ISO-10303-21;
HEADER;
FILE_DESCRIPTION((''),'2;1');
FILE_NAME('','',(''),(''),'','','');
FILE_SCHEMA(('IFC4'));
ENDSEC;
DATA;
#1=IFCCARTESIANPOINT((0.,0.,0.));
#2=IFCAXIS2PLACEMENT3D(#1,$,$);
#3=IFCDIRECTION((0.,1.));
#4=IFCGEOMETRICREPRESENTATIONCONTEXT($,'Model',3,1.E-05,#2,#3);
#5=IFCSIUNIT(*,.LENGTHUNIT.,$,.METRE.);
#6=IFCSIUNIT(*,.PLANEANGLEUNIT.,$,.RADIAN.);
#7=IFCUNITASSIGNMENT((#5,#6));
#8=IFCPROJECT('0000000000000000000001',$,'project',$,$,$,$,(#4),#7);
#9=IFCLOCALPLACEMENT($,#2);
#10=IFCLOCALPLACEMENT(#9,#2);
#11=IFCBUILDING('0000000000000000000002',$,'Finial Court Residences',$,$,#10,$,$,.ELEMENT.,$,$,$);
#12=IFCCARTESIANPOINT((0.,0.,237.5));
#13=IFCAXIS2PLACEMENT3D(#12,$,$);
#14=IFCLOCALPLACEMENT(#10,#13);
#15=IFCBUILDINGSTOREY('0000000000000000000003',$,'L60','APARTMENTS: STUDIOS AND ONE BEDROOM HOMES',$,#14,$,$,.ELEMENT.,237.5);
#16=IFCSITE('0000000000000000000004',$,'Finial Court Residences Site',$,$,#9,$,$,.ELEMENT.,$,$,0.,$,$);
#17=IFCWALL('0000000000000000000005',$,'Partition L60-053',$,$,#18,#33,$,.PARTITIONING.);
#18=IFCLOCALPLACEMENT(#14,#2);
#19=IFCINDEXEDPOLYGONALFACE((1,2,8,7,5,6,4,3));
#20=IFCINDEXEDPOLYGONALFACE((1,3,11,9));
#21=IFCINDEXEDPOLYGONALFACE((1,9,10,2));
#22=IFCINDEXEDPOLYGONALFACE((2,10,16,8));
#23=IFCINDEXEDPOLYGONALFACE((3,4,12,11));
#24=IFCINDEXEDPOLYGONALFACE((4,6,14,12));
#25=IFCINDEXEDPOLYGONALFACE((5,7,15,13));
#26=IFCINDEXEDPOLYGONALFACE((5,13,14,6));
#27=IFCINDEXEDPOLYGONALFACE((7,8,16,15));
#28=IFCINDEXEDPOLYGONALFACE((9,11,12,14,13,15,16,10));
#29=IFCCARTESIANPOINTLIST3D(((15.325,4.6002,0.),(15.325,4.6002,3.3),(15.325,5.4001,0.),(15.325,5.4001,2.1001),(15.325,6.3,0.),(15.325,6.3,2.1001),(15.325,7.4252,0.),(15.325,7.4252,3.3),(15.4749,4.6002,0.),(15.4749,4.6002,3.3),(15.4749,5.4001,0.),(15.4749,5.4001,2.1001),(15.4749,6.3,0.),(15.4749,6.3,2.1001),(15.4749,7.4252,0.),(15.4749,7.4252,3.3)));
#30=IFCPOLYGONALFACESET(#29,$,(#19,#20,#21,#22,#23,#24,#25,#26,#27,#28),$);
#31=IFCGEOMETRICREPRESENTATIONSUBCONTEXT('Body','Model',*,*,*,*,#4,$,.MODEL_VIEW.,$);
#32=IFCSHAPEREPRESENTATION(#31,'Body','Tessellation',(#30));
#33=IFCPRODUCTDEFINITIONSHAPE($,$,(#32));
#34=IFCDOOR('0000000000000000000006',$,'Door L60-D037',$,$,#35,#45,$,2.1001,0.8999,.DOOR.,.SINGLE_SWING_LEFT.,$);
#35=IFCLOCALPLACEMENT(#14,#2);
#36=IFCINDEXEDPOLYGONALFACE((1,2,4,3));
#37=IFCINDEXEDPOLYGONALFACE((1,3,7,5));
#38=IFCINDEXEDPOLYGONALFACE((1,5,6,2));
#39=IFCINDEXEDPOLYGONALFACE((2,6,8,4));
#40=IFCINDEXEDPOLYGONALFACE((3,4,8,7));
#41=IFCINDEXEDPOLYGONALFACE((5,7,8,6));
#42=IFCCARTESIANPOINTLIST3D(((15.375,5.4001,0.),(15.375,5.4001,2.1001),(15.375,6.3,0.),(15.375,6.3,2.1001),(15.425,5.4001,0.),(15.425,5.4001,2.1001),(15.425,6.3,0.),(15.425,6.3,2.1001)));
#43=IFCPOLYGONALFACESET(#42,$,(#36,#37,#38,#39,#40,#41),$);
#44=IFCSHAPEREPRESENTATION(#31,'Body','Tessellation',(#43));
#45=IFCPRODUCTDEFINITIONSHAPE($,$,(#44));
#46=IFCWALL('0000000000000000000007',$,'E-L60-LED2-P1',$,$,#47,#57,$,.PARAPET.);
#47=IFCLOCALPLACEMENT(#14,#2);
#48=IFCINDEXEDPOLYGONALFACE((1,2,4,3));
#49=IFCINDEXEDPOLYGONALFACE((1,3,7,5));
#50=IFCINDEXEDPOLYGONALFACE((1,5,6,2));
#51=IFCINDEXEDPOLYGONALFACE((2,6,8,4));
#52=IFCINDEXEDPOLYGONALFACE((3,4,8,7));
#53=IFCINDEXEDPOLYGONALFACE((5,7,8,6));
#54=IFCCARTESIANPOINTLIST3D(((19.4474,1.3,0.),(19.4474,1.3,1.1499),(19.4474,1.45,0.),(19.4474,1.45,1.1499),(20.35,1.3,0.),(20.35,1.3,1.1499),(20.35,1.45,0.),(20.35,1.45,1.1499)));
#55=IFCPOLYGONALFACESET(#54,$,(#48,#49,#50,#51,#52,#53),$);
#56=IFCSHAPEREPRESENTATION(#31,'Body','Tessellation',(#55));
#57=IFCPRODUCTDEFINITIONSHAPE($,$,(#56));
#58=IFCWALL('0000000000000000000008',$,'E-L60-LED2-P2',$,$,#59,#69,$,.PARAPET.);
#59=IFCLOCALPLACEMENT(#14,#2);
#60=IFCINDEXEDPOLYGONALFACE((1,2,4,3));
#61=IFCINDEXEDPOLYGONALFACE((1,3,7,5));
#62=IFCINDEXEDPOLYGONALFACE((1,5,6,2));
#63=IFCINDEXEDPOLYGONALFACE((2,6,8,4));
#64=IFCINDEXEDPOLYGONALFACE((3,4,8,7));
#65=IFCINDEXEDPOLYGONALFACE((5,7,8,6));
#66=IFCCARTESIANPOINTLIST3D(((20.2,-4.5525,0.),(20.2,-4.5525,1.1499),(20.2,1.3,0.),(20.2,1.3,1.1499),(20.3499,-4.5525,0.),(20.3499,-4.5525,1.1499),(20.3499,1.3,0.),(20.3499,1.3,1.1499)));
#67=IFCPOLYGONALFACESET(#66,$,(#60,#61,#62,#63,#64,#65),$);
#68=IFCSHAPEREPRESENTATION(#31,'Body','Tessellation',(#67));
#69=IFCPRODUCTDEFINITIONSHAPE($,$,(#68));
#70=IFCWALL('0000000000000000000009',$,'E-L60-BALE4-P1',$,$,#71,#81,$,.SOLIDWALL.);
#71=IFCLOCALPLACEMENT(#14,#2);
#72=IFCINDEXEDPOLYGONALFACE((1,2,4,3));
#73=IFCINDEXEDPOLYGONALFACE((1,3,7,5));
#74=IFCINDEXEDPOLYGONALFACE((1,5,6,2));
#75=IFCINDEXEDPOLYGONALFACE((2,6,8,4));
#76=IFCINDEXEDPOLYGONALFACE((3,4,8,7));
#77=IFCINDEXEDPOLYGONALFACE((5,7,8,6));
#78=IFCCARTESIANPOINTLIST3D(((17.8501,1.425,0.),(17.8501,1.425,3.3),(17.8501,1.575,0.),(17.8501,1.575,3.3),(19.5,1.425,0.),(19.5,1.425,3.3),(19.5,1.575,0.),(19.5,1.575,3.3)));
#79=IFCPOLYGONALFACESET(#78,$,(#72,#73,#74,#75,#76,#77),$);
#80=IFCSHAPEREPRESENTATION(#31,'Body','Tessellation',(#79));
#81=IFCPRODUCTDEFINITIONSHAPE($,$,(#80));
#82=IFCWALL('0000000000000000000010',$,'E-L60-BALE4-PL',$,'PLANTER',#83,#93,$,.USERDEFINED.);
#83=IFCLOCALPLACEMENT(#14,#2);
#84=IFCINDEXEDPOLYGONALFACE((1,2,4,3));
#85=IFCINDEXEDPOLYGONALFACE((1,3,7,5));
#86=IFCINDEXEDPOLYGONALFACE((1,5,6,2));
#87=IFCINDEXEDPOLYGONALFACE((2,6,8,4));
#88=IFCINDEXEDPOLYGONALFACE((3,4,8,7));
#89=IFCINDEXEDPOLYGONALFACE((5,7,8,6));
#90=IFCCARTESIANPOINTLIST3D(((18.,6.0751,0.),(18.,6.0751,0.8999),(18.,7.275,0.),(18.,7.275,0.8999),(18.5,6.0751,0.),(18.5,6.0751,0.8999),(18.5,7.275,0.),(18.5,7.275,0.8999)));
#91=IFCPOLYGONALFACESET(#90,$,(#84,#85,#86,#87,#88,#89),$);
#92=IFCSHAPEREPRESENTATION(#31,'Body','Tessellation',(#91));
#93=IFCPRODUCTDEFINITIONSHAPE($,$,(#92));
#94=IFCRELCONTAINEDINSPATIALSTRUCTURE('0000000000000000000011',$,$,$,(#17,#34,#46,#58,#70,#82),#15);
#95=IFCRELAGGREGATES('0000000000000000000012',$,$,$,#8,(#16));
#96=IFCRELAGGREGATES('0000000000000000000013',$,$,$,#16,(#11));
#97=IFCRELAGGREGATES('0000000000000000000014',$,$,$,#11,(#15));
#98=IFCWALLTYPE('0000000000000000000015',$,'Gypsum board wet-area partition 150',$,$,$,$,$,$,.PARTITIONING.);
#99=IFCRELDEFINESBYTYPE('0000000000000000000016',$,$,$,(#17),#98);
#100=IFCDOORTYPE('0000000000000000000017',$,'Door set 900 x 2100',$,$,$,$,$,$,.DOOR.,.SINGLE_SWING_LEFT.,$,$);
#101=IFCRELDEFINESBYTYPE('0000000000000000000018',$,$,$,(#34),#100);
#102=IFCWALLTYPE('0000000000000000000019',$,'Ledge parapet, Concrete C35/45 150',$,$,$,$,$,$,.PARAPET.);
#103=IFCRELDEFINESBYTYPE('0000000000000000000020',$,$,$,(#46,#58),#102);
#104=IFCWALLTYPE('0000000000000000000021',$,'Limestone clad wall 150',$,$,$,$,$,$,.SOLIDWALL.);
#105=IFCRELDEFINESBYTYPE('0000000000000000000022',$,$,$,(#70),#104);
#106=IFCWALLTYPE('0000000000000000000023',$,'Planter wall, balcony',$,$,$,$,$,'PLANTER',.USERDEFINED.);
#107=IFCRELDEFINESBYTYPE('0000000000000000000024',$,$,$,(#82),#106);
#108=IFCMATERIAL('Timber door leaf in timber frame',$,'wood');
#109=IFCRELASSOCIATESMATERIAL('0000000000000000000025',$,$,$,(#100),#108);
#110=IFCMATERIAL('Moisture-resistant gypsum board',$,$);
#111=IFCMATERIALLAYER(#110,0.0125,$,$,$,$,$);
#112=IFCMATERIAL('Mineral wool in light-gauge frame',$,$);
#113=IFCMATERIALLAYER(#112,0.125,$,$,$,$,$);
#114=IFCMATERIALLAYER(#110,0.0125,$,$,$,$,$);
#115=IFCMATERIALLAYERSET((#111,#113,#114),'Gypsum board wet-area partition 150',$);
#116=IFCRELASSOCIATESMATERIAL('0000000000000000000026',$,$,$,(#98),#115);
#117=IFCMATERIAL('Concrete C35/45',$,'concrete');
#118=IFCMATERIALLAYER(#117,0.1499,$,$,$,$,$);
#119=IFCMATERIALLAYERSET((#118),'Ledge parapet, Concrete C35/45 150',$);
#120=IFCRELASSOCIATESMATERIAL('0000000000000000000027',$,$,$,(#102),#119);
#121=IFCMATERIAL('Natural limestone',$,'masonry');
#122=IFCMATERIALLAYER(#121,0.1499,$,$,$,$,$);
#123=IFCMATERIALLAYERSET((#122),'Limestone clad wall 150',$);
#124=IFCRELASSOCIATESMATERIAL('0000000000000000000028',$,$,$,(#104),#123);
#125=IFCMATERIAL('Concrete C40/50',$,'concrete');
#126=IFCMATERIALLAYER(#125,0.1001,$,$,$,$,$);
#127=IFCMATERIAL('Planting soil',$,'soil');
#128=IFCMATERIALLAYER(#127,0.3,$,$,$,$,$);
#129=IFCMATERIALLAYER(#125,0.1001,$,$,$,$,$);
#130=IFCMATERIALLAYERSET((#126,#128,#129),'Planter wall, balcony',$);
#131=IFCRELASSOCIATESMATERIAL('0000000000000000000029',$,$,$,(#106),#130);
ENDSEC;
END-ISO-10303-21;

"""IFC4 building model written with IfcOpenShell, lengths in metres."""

from ifc_helpers import new_model, si_unit, direction, frame, frame_2d, origin, place, context, subcontext, project, spatial, rectangle, extrude, material, layer, layer_set, type_object, element, fill, save


model = new_model("IFC4")

# Units and contexts
model_context = context("Model", 3, precision=1e-05, world=origin(), true_north=direction((0.0, 1.0)))
body_context = subcontext(model_context, "Body", "Model", "MODEL_VIEW")
ifc_project = project(units=[si_unit("LENGTHUNIT", "METRE"), si_unit("PLANEANGLEUNIT", "RADIAN")], contexts=[model_context])

# Site, building, storey
site_placement = place(None, origin())
site = spatial("IfcSite", under=ifc_project, at=site_placement, Name="Finial Court Residences Site", CompositionType="ELEMENT", RefElevation=0.0)
building_placement = place(site_placement, origin())
building = spatial("IfcBuilding", under=site, at=building_placement, Name="Finial Court Residences", CompositionType="ELEMENT")
storey_placement = place(building_placement, frame((0.0, 0.0, 237.5)))
storey = spatial("IfcBuildingStorey", under=building, at=storey_placement, Name="L60", Description="APARTMENTS: STUDIOS AND ONE BEDROOM HOMES", CompositionType="ELEMENT", Elevation=237.5)

# Shared definitions
ifc_material_1 = material(Name="Mineral wool in light-gauge frame")
ifc_material_2 = material(Name="Timber door leaf in timber frame", Category="wood")
door_type_1 = type_object("IfcDoorType", Name="Door set 900 x 2100", OperationType="SINGLE_SWING_LEFT", PredefinedType="DOOR", material=ifc_material_2)

# Shared definitions
ifc_material_3 = material(Name="Moisture-resistant gypsum board")
ifc_layer_1 = layer(ifc_material_3, 0.0125)
ifc_layer_2 = layer(ifc_material_1, 0.125)
ifc_layer_3 = layer(ifc_material_3, 0.0125)
ifc_layer_set_1 = layer_set([ifc_layer_1, ifc_layer_2, ifc_layer_3], Name="Gypsum board wet-area partition 150")
wall_type_1 = type_object("IfcWallType", Name="Gypsum board wet-area partition 150", PredefinedType="PARTITIONING", material=ifc_layer_set_1)

# Wall, opening, door
wall_1_placement = place(storey_placement, frame((15.3999, 4.6001, 0.0), z_axis=(0.0, 0.0, 1.0), x_axis=(0.0, 1.0, 0.0)))
wall_1 = element("IfcWall", 1, at=wall_1_placement, inside=storey, type_object=wall_type_1, Name="Partition L60-053", PredefinedType="PARTITIONING", context=body_context, shape_type="SweptSolid", body=[
    extrude(rectangle(XDim=2.825, YDim=0.1499, at=frame_2d((1.4126, 0.0))), origin(), (0.0, 0.0, 1.0), 3.3),
])
opening_1_placement = place(wall_1_placement, frame((0.8, 0.0, 0.0)))
opening_1 = element("IfcOpeningElement", 2, at=opening_1_placement, cuts=wall_1, PredefinedType="OPENING", context=body_context, shape_type="SweptSolid", body=[
    extrude(rectangle(XDim=0.8999, YDim=2.1001, at=frame_2d((0.45, 1.05))), frame((0.0, 0.085, 0.0), z_axis=(0.0, -1.0, 0.0), x_axis=(1.0, 0.0, 0.0)), (0.0, 0.0, 1.0), 0.1699),
])
door_1_placement = place(opening_1_placement, origin())
door_1 = element("IfcDoor", 3, at=door_1_placement, inside=storey, type_object=door_type_1, Name="Door L60-D037", OperationType="SINGLE_SWING_LEFT", OverallHeight=2.1001, OverallWidth=0.8999, PredefinedType="DOOR", context=body_context, shape_type="SweptSolid", body=[
    extrude(rectangle(XDim=0.8999, YDim=2.1001, at=frame_2d((0.45, 1.05))), frame((0.0, 0.0249, 0.0), z_axis=(0.0, -1.0, 0.0), x_axis=(1.0, 0.0, 0.0)), (0.0, 0.0, 1.0), 0.05),
])
fill(opening_1, door_1)

# Walls
ifc_material_4 = material(Name="Concrete C35/45", Category="concrete")
ifc_layer_4 = layer(ifc_material_4, 0.1499)
ifc_layer_set_2 = layer_set([ifc_layer_4], Name="Ledge parapet, Concrete C35/45 150")
wall_type_2 = type_object("IfcWallType", Name="Ledge parapet, Concrete C35/45 150", PredefinedType="PARAPET", material=ifc_layer_set_2)
wall_2_placement = place(storey_placement, frame((19.4475, 1.375, 0.0), z_axis=(0.0, 0.0, 1.0), x_axis=(1.0, 0.0, 0.0)))
element("IfcWall", 4, at=wall_2_placement, inside=storey, type_object=wall_type_2, Name="E-L60-LED2-P1", PredefinedType="PARAPET", context=body_context, shape_type="SweptSolid", body=[
    extrude(rectangle(XDim=0.9026, YDim=0.1499, at=frame_2d((0.4512, 0.0))), origin(), (0.0, 0.0, 1.0), 1.1499),
])
wall_3_placement = place(storey_placement, frame((20.2749, 1.3, 0.0), z_axis=(0.0, 0.0, 1.0), x_axis=(0.0, -1.0, 0.0)))
element("IfcWall", 5, at=wall_3_placement, inside=storey, type_object=wall_type_2, Name="E-L60-LED2-P2", PredefinedType="PARAPET", context=body_context, shape_type="SweptSolid", body=[
    extrude(rectangle(XDim=5.8525, YDim=0.1499, at=frame_2d((2.9263, 0.0))), origin(), (0.0, 0.0, 1.0), 1.1499),
])
ifc_material_5 = material(Name="Natural limestone", Category="masonry")
ifc_layer_5 = layer(ifc_material_5, 0.1499)
ifc_layer_set_3 = layer_set([ifc_layer_5], Name="Limestone clad wall 150")
wall_type_3 = type_object("IfcWallType", Name="Limestone clad wall 150", PredefinedType="SOLIDWALL", material=ifc_layer_set_3)
wall_4_placement = place(storey_placement, frame((17.8501, 1.5, 0.0), z_axis=(0.0, 0.0, 1.0), x_axis=(1.0, 0.0, 0.0)))
element("IfcWall", 6, at=wall_4_placement, inside=storey, type_object=wall_type_3, Name="E-L60-BALE4-P1", PredefinedType="SOLIDWALL", context=body_context, shape_type="SweptSolid", body=[
    extrude(rectangle(XDim=1.6499, YDim=0.1499, at=frame_2d((0.825, 0.0))), origin(), (0.0, 0.0, 1.0), 3.3),
])

# Wall
ifc_material_6 = material(Name="Concrete C40/50", Category="concrete")
ifc_layer_6 = layer(ifc_material_6, 0.1001)
ifc_material_7 = material(Name="Planting soil", Category="soil")
ifc_layer_7 = layer(ifc_material_7, 0.3)
ifc_layer_8 = layer(ifc_material_6, 0.1001)
ifc_layer_set_4 = layer_set([ifc_layer_6, ifc_layer_7, ifc_layer_8], Name="Planter wall, balcony")
wall_type_4 = type_object("IfcWallType", Name="Planter wall, balcony", ElementType="PLANTER", PredefinedType="USERDEFINED", material=ifc_layer_set_4)
wall_5_placement = place(storey_placement, frame((18.25, 6.075, 0.0), z_axis=(0.0, 0.0, 1.0), x_axis=(0.0, 1.0, 0.0)))
element("IfcWall", 7, at=wall_5_placement, inside=storey, type_object=wall_type_4, Name="E-L60-BALE4-PL", ObjectType="PLANTER", PredefinedType="USERDEFINED", context=body_context, shape_type="SweptSolid", body=[
    extrude(rectangle(XDim=1.2, YDim=0.5, at=frame_2d((0.6001, 0.0))), origin(), (0.0, 0.0, 1.0), 0.8999),
])

save(model, "model.ifc")
